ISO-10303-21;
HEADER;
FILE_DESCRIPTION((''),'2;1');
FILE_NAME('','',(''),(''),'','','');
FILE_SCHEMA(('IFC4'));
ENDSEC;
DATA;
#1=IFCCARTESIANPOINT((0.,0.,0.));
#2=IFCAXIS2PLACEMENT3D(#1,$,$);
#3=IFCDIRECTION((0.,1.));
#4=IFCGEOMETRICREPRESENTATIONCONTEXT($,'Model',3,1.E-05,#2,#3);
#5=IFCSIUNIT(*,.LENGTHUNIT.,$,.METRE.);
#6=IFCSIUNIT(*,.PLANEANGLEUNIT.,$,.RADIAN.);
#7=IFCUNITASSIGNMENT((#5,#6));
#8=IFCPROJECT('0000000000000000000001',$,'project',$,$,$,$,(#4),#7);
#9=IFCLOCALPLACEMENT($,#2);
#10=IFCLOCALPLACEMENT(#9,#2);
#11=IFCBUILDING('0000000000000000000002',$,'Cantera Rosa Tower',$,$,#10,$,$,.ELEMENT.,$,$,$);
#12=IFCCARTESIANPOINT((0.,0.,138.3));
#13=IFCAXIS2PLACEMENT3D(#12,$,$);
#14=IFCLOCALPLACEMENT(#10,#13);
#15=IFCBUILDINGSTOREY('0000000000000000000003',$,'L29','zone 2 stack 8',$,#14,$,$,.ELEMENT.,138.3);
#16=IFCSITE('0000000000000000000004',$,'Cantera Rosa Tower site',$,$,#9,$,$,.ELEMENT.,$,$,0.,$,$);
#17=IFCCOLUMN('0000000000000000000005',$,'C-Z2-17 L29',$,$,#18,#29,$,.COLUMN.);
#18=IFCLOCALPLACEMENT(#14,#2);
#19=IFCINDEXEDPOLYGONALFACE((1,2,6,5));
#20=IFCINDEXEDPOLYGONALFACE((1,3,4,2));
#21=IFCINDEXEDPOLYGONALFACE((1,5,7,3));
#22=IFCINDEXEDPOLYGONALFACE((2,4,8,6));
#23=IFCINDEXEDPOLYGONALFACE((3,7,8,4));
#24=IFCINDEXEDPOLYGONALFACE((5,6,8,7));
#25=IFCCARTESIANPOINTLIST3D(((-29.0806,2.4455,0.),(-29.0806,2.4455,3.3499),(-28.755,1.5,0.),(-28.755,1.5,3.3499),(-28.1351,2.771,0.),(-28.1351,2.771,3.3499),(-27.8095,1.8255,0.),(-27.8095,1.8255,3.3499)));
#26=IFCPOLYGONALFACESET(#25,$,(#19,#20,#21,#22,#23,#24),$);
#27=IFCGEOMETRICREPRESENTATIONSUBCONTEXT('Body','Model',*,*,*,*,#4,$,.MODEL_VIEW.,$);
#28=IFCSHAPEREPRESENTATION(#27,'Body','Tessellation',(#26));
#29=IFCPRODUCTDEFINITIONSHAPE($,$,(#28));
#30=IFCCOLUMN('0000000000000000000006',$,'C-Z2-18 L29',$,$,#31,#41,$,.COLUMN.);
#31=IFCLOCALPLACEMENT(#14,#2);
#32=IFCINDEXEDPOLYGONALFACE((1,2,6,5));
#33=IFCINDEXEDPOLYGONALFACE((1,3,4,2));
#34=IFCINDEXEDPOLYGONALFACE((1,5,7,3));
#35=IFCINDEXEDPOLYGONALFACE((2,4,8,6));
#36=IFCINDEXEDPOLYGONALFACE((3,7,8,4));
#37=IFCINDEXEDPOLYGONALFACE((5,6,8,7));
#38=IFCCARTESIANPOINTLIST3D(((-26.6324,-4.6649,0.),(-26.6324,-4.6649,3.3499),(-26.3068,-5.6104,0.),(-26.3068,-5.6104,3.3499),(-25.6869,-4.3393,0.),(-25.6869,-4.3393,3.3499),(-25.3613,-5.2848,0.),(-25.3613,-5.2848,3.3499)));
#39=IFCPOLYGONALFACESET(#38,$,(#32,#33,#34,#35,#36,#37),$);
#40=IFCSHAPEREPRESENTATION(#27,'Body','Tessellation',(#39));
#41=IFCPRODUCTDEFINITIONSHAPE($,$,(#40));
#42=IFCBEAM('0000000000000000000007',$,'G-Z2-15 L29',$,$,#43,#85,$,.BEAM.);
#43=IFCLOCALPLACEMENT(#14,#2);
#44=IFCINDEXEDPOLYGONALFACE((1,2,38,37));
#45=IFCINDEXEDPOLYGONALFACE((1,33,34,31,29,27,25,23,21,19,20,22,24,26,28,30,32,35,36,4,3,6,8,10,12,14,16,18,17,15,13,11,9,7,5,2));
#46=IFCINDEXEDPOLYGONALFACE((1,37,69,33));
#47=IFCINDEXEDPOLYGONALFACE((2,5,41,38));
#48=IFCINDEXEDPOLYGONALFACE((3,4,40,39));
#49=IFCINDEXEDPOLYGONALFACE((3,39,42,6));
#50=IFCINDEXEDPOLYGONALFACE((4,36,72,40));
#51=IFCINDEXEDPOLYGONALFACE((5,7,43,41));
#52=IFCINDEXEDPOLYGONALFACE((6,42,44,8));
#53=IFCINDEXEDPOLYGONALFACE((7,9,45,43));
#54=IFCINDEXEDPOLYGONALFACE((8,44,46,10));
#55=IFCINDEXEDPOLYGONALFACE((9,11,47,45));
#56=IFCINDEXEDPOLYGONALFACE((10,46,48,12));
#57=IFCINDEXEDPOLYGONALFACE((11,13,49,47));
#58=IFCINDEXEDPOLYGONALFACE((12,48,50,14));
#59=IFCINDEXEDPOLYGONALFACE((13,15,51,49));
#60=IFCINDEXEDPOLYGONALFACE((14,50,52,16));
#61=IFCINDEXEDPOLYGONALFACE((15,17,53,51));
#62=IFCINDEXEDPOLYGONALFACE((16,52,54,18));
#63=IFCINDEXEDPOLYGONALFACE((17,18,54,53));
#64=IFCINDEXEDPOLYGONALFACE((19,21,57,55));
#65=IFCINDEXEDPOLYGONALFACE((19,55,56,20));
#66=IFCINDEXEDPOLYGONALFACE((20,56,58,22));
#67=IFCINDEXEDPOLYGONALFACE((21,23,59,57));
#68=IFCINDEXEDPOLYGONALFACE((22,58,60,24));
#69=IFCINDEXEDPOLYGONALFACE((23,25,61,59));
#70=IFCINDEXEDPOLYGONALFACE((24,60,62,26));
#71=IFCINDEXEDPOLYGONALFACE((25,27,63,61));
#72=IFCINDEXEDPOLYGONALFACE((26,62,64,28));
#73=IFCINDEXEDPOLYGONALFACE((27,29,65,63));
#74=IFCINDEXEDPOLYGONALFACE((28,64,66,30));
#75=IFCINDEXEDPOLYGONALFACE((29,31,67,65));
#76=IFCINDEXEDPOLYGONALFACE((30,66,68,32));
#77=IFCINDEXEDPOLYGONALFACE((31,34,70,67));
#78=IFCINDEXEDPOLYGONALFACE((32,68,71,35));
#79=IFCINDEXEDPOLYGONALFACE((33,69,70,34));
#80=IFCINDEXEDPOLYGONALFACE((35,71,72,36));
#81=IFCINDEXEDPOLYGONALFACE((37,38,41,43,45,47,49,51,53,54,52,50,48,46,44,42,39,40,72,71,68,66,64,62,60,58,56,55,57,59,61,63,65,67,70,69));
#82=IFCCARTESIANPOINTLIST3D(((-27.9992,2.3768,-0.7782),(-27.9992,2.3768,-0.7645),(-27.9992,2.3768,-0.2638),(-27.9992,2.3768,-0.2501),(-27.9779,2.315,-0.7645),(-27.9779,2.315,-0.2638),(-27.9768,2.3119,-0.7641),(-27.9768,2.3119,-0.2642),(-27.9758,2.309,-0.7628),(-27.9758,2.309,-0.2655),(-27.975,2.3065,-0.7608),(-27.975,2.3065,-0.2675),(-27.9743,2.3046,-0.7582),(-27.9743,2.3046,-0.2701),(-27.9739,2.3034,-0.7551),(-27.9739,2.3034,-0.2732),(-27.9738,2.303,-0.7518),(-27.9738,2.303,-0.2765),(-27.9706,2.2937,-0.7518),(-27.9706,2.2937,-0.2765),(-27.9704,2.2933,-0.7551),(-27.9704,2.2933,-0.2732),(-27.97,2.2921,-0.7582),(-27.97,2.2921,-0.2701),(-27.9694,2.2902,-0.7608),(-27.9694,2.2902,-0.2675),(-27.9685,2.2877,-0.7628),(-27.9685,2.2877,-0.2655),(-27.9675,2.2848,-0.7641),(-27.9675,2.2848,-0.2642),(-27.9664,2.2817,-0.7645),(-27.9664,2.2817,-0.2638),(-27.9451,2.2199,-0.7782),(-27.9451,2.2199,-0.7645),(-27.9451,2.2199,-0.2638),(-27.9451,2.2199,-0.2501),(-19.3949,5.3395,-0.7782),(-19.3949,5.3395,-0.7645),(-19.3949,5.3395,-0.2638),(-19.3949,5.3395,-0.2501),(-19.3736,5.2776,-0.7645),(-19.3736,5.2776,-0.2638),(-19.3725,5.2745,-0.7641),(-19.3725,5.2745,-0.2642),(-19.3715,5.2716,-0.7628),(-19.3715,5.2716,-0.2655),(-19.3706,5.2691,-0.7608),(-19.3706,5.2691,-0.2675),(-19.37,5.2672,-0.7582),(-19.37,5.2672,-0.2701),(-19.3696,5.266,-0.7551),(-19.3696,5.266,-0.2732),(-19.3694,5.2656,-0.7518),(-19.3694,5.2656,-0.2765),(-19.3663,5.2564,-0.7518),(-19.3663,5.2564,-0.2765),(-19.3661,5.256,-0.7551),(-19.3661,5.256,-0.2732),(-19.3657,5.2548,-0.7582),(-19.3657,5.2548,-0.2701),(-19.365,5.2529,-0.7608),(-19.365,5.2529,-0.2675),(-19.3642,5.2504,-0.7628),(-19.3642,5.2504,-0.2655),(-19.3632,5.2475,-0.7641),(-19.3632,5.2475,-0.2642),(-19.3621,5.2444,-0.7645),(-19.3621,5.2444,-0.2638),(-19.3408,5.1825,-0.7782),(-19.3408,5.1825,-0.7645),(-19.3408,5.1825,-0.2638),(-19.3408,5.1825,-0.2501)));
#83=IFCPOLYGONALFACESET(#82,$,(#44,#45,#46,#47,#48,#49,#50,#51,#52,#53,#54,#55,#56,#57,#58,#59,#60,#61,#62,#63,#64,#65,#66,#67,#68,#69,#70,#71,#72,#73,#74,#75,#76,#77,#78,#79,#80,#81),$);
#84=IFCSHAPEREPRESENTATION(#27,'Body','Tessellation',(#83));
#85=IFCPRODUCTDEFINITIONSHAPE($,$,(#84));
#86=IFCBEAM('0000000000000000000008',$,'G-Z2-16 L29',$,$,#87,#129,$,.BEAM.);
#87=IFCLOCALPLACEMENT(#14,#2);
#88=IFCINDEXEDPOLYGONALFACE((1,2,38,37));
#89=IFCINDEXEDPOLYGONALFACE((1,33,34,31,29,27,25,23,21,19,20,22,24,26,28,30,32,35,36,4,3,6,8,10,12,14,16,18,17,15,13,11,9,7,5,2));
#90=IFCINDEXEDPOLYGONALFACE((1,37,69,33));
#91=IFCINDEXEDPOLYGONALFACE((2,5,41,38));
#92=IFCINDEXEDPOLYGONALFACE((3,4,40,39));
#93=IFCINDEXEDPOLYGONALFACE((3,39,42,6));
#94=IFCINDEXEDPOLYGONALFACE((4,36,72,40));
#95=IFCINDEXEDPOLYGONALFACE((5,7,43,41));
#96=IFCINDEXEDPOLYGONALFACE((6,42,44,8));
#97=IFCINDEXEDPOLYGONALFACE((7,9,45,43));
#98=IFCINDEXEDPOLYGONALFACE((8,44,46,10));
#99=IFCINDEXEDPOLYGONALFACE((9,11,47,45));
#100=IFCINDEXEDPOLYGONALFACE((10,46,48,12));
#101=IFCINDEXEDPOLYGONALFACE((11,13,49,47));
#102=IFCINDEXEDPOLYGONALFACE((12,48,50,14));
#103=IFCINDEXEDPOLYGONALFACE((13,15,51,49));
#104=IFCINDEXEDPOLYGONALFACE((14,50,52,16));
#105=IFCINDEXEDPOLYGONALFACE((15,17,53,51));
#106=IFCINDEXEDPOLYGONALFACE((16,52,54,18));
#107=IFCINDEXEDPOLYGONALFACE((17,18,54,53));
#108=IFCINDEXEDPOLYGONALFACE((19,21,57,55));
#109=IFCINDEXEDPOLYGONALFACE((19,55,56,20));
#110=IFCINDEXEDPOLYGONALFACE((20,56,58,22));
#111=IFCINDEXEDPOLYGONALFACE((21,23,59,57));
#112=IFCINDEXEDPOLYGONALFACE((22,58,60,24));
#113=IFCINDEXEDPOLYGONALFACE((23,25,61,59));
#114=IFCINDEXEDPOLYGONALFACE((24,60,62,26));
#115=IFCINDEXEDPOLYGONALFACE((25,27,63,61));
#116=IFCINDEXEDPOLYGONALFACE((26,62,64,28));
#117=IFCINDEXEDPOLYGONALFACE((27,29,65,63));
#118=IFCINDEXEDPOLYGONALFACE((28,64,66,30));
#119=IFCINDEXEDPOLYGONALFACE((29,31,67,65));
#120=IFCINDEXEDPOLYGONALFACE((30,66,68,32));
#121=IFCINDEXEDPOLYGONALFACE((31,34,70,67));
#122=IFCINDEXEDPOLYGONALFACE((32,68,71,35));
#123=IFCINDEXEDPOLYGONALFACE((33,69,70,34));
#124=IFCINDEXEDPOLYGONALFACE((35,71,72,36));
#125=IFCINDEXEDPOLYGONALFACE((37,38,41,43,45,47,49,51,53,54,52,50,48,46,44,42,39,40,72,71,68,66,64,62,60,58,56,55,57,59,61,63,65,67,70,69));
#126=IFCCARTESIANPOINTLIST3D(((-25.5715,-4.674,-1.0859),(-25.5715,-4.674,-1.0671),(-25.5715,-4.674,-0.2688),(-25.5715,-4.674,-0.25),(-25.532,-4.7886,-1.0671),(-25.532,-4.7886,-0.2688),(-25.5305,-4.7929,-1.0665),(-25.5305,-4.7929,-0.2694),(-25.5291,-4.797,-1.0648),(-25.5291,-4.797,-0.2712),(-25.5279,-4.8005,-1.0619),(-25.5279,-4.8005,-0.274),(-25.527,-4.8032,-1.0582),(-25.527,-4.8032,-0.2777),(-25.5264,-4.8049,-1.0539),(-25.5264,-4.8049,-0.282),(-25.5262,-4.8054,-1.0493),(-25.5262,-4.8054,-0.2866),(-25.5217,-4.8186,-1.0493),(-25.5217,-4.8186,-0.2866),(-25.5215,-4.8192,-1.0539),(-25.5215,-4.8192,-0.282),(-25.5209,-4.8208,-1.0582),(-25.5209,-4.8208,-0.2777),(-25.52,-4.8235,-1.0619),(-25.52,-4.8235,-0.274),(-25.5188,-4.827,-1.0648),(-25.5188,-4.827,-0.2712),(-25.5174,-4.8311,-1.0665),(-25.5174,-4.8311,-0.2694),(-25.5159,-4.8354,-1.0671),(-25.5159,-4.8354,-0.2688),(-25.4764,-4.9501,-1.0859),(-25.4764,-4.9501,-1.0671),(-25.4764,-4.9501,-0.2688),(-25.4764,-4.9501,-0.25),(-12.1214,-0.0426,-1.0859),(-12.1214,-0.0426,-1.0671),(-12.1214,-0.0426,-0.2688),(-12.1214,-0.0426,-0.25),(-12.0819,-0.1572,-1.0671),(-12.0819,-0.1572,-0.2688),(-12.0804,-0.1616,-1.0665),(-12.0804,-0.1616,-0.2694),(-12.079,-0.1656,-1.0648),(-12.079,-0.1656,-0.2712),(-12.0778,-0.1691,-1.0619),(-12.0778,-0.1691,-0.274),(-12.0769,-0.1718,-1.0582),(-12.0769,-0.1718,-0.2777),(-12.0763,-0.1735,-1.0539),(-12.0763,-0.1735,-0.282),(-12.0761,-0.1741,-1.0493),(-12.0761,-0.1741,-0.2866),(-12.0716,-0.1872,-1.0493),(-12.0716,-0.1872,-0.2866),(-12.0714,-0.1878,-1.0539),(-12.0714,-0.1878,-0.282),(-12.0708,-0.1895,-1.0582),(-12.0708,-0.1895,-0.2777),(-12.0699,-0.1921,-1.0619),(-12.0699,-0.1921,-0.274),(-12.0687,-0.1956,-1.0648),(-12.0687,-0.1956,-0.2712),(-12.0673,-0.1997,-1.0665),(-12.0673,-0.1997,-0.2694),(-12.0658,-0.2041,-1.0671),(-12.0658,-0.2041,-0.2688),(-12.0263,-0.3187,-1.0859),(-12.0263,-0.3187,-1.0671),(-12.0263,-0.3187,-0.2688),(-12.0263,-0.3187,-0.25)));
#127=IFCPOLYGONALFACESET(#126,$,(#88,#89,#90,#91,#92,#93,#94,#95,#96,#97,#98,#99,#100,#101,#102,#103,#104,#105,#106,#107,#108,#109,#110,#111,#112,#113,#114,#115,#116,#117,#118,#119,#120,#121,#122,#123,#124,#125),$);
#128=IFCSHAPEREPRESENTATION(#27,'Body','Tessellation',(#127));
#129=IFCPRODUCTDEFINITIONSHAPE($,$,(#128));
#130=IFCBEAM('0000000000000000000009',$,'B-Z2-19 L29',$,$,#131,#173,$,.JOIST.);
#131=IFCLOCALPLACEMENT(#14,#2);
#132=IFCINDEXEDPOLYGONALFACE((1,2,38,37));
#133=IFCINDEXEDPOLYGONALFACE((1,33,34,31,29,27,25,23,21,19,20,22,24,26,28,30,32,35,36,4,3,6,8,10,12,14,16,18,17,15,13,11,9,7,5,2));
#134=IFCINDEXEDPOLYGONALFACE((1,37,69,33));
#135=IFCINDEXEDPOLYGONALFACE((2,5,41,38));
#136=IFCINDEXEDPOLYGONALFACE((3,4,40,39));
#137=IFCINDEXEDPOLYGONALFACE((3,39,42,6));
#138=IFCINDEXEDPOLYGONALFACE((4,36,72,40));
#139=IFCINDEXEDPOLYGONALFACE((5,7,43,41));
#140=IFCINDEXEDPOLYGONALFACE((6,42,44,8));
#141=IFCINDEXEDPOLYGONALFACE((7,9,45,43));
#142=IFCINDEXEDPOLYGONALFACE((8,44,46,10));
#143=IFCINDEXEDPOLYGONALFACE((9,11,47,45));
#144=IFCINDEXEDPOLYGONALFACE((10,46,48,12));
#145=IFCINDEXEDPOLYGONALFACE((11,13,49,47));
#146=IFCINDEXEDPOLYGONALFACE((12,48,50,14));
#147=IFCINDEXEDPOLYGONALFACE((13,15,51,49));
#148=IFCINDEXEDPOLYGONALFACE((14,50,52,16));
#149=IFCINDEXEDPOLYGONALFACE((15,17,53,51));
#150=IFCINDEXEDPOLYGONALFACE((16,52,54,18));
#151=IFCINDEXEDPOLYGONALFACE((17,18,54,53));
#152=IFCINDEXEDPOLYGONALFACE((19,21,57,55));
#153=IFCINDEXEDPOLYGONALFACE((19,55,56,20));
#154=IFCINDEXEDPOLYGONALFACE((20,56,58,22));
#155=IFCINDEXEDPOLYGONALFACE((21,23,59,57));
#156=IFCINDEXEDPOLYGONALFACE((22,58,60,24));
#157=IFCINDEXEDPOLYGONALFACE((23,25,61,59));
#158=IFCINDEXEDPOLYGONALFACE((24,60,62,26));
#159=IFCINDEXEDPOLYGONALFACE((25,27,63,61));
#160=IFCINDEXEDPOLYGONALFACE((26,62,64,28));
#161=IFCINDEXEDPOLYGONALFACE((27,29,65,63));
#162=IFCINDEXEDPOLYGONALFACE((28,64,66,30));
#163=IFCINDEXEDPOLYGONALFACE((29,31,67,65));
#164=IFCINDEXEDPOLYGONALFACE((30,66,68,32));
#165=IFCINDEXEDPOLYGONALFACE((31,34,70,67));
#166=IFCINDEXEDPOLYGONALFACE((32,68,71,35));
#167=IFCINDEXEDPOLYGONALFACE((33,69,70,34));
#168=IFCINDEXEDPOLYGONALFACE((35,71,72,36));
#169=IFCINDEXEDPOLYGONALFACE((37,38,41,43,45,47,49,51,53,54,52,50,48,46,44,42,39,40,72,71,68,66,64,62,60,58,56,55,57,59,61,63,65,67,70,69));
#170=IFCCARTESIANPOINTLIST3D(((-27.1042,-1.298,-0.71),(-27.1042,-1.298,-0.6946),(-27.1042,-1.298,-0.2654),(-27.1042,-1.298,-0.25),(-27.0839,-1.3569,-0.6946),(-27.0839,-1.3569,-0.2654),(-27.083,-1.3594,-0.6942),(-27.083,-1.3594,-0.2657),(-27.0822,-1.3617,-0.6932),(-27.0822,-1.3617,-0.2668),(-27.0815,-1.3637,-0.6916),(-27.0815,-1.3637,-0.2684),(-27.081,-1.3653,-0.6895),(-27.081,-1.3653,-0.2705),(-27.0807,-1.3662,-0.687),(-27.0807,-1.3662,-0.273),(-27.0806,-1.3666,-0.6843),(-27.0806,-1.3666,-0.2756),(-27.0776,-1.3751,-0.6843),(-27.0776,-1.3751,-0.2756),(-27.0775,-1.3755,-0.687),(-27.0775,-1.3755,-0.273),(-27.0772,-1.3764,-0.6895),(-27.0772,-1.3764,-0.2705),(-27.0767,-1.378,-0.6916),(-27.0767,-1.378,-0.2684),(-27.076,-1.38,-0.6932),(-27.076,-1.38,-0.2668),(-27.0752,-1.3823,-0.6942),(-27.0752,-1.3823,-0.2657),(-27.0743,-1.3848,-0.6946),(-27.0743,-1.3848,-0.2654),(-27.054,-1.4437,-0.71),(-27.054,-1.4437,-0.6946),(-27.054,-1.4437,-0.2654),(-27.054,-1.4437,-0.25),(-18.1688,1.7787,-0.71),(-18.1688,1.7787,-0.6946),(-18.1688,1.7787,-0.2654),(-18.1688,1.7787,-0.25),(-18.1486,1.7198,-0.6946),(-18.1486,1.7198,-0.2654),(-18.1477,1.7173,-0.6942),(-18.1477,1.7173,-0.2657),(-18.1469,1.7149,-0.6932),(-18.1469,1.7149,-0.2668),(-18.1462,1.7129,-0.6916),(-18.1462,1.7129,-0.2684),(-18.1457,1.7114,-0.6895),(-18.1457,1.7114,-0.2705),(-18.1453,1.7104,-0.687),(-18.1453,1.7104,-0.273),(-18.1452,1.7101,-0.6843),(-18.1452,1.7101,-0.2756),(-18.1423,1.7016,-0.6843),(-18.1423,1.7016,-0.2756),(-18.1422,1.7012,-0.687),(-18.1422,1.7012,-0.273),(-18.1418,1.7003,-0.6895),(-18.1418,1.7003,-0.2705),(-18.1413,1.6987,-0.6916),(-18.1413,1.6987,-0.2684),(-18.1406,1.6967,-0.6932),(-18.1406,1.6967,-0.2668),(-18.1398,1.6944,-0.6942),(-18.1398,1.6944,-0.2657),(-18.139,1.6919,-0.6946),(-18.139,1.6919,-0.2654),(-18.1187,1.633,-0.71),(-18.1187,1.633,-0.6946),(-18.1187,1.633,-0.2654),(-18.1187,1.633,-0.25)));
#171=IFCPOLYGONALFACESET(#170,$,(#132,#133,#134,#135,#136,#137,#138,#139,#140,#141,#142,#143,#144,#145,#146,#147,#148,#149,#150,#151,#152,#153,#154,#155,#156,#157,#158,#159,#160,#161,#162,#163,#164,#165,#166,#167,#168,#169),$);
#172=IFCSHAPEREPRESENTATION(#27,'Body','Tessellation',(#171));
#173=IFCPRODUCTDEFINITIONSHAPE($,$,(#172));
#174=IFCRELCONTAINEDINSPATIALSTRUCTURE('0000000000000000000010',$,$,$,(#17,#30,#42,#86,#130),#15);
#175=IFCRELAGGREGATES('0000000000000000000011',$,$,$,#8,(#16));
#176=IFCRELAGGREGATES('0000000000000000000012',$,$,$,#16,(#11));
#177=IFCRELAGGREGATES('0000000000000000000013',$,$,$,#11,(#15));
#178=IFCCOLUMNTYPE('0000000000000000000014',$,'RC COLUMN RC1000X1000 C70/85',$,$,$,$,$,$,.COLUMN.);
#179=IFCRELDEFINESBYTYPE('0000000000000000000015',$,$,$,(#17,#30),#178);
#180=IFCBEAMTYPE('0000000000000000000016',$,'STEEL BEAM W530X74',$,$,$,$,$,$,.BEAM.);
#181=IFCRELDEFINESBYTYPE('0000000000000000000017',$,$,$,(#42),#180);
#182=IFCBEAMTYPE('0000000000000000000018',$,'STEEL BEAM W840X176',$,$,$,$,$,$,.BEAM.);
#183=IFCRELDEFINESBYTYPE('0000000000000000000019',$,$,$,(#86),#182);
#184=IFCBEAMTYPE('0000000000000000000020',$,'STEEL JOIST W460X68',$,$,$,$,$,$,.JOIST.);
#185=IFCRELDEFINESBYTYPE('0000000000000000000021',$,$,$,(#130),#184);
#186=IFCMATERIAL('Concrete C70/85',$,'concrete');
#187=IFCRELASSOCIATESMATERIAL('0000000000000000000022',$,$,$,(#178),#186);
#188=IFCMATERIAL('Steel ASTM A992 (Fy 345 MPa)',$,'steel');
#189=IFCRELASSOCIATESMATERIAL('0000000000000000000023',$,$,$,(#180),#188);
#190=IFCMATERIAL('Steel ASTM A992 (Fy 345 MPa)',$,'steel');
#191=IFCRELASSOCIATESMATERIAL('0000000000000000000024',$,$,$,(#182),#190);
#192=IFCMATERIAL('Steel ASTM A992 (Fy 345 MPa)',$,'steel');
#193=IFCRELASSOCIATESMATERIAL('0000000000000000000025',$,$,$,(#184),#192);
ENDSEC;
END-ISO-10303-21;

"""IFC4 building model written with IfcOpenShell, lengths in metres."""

from ifc_helpers import new_model, si_unit, direction, frame, origin, origin_2d, place, context, subcontext, project, spatial, rectangle, i_section, extrude, material, material_profile, profile_set, type_object, element, save


model = new_model("IFC4")

# Units and contexts
model_context = context("Model", 3, precision=1e-05, world=origin(), true_north=direction((0.0, 1.0)))
body_context = subcontext(model_context, "Body", "Model", "MODEL_VIEW")
ifc_project = project(units=[si_unit("LENGTHUNIT", "METRE"), si_unit("PLANEANGLEUNIT", "RADIAN")], contexts=[model_context])

# Site, building, storey
site_placement = place(None, origin())
site = spatial("IfcSite", under=ifc_project, at=site_placement, Name="Cantera Rosa Tower site", CompositionType="ELEMENT", RefElevation=0.0)
building_placement = place(site_placement, origin())
building = spatial("IfcBuilding", under=site, at=building_placement, Name="Cantera Rosa Tower", CompositionType="ELEMENT")
storey_placement = place(building_placement, frame((0.0, 0.0, 138.3)))
storey = spatial("IfcBuildingStorey", under=building, at=storey_placement, Name="L29", Description="zone 2 stack 8", CompositionType="ELEMENT", Elevation=138.3)

# Columns
ifc_material_1 = material(Name="Concrete C70/85", Category="concrete")
ifc_material_profile_1 = material_profile(ifc_material_1, rectangle(XDim=1.0, YDim=1.0, at=origin_2d()), Name="RC COLUMN RC1000X1000 C70/85")
ifc_profile_set_1 = profile_set([ifc_material_profile_1], Name="Concrete C70/85")
column_type = type_object("IfcColumnType", Name="RC COLUMN RC1000X1000 C70/85", PredefinedType="COLUMN", material=ifc_profile_set_1)
for number, where, z_axis, x_axis, name in (
    (1, (-28.4451, 2.1355, 0.0), (0.0, 0.0, 1.0), (0.945519, 0.325568, 0.0), "C-Z2-17 L29"),
    (2, (-25.9968, -4.9749, 0.0), (0.0, 0.0, 1.0), (0.945519, 0.325568, 0.0), "C-Z2-18 L29"),
):
    element("IfcColumn", number, at=place(storey_placement, frame(where, z_axis=z_axis, x_axis=x_axis)), inside=storey, type_object=column_type, Name=name, PredefinedType="COLUMN", context=body_context, shape_type="SweptSolid", body=[
        extrude(rectangle(XDim=1.0, YDim=1.0, at=origin_2d()), origin(), (0.0, 0.0, 1.0), 3.3499),
    ])

# Beams
ifc_material_2 = material(Name="Steel ASTM A992 (Fy 345 MPa)", Category="steel")
ifc_material_profile_2 = material_profile(ifc_material_2, i_section(OverallWidth=0.166, OverallDepth=0.5281, WebThickness=0.0098, FlangeThickness=0.0137, FilletRadius=0.0127, at=origin_2d()), Name="W530X74")
ifc_profile_set_2 = profile_set([ifc_material_profile_2], Name="Steel ASTM A992 (Fy 345 MPa)")
beam_type_1 = type_object("IfcBeamType", Name="STEEL BEAM W530X74", PredefinedType="BEAM", material=ifc_profile_set_2)
beam_1_placement = place(storey_placement, frame((-27.9722, 2.2983, -0.5142), z_axis=(0.94552, 0.325565, 0.0), x_axis=(-0.325565, 0.94552, 0.0)))
element("IfcBeam", 3, at=beam_1_placement, inside=storey, type_object=beam_type_1, Name="G-Z2-15 L29", PredefinedType="BEAM", context=body_context, shape_type="SweptSolid", body=[
    extrude(i_section(OverallWidth=0.166, OverallDepth=0.5281, WebThickness=0.0098, FlangeThickness=0.0137, FilletRadius=0.0127, at=origin_2d()), origin(), (0.0, 0.0, 1.0), 9.1001),
])
ifc_material_3 = material(Name="Steel ASTM A992 (Fy 345 MPa)", Category="steel")
ifc_material_profile_3 = material_profile(ifc_material_3, i_section(OverallWidth=0.292, OverallDepth=0.8359, WebThickness=0.0139, FlangeThickness=0.0188, FilletRadius=0.0178, at=origin_2d()), Name="W840X176")
ifc_profile_set_3 = profile_set([ifc_material_profile_3], Name="Steel ASTM A992 (Fy 345 MPa)")
beam_type_2 = type_object("IfcBeamType", Name="STEEL BEAM W840X176", PredefinedType="BEAM", material=ifc_profile_set_3)
beam_2_placement = place(storey_placement, frame((-25.5239, -4.812, -0.668), z_axis=(0.945515, 0.325578, 0.0), x_axis=(-0.325578, 0.945515, 0.0)))
element("IfcBeam", 4, at=beam_2_placement, inside=storey, type_object=beam_type_2, Name="G-Z2-16 L29", PredefinedType="BEAM", context=body_context, shape_type="SweptSolid", body=[
    extrude(i_section(OverallWidth=0.292, OverallDepth=0.8359, WebThickness=0.0139, FlangeThickness=0.0188, FilletRadius=0.0178, at=origin_2d()), origin(), (0.0, 0.0, 1.0), 14.2251),
])
ifc_material_4 = material(Name="Steel ASTM A992 (Fy 345 MPa)", Category="steel")
ifc_material_profile_4 = material_profile(ifc_material_4, i_section(OverallWidth=0.1541, OverallDepth=0.46, WebThickness=0.009, FlangeThickness=0.0154, FilletRadius=0.0103, at=origin_2d()), Name="W460X68")
ifc_profile_set_4 = profile_set([ifc_material_profile_4], Name="Steel ASTM A992 (Fy 345 MPa)")
beam_type_3 = type_object("IfcBeamType", Name="STEEL JOIST W460X68", PredefinedType="JOIST", material=ifc_profile_set_4)
beam_3_placement = place(storey_placement, frame((-27.0791, -1.3708, -0.48), z_axis=(0.945519, 0.325567, 0.0), x_axis=(-0.325567, 0.945519, 0.0)))
element("IfcBeam", 5, at=beam_3_placement, inside=storey, type_object=beam_type_3, Name="B-Z2-19 L29", PredefinedType="JOIST", context=body_context, shape_type="SweptSolid", body=[
    extrude(i_section(OverallWidth=0.1541, OverallDepth=0.46, WebThickness=0.009, FlangeThickness=0.0154, FilletRadius=0.0103, at=origin_2d()), origin(), (0.0, 0.0, 1.0), 9.4502),
])

save(model, "model.ifc")
